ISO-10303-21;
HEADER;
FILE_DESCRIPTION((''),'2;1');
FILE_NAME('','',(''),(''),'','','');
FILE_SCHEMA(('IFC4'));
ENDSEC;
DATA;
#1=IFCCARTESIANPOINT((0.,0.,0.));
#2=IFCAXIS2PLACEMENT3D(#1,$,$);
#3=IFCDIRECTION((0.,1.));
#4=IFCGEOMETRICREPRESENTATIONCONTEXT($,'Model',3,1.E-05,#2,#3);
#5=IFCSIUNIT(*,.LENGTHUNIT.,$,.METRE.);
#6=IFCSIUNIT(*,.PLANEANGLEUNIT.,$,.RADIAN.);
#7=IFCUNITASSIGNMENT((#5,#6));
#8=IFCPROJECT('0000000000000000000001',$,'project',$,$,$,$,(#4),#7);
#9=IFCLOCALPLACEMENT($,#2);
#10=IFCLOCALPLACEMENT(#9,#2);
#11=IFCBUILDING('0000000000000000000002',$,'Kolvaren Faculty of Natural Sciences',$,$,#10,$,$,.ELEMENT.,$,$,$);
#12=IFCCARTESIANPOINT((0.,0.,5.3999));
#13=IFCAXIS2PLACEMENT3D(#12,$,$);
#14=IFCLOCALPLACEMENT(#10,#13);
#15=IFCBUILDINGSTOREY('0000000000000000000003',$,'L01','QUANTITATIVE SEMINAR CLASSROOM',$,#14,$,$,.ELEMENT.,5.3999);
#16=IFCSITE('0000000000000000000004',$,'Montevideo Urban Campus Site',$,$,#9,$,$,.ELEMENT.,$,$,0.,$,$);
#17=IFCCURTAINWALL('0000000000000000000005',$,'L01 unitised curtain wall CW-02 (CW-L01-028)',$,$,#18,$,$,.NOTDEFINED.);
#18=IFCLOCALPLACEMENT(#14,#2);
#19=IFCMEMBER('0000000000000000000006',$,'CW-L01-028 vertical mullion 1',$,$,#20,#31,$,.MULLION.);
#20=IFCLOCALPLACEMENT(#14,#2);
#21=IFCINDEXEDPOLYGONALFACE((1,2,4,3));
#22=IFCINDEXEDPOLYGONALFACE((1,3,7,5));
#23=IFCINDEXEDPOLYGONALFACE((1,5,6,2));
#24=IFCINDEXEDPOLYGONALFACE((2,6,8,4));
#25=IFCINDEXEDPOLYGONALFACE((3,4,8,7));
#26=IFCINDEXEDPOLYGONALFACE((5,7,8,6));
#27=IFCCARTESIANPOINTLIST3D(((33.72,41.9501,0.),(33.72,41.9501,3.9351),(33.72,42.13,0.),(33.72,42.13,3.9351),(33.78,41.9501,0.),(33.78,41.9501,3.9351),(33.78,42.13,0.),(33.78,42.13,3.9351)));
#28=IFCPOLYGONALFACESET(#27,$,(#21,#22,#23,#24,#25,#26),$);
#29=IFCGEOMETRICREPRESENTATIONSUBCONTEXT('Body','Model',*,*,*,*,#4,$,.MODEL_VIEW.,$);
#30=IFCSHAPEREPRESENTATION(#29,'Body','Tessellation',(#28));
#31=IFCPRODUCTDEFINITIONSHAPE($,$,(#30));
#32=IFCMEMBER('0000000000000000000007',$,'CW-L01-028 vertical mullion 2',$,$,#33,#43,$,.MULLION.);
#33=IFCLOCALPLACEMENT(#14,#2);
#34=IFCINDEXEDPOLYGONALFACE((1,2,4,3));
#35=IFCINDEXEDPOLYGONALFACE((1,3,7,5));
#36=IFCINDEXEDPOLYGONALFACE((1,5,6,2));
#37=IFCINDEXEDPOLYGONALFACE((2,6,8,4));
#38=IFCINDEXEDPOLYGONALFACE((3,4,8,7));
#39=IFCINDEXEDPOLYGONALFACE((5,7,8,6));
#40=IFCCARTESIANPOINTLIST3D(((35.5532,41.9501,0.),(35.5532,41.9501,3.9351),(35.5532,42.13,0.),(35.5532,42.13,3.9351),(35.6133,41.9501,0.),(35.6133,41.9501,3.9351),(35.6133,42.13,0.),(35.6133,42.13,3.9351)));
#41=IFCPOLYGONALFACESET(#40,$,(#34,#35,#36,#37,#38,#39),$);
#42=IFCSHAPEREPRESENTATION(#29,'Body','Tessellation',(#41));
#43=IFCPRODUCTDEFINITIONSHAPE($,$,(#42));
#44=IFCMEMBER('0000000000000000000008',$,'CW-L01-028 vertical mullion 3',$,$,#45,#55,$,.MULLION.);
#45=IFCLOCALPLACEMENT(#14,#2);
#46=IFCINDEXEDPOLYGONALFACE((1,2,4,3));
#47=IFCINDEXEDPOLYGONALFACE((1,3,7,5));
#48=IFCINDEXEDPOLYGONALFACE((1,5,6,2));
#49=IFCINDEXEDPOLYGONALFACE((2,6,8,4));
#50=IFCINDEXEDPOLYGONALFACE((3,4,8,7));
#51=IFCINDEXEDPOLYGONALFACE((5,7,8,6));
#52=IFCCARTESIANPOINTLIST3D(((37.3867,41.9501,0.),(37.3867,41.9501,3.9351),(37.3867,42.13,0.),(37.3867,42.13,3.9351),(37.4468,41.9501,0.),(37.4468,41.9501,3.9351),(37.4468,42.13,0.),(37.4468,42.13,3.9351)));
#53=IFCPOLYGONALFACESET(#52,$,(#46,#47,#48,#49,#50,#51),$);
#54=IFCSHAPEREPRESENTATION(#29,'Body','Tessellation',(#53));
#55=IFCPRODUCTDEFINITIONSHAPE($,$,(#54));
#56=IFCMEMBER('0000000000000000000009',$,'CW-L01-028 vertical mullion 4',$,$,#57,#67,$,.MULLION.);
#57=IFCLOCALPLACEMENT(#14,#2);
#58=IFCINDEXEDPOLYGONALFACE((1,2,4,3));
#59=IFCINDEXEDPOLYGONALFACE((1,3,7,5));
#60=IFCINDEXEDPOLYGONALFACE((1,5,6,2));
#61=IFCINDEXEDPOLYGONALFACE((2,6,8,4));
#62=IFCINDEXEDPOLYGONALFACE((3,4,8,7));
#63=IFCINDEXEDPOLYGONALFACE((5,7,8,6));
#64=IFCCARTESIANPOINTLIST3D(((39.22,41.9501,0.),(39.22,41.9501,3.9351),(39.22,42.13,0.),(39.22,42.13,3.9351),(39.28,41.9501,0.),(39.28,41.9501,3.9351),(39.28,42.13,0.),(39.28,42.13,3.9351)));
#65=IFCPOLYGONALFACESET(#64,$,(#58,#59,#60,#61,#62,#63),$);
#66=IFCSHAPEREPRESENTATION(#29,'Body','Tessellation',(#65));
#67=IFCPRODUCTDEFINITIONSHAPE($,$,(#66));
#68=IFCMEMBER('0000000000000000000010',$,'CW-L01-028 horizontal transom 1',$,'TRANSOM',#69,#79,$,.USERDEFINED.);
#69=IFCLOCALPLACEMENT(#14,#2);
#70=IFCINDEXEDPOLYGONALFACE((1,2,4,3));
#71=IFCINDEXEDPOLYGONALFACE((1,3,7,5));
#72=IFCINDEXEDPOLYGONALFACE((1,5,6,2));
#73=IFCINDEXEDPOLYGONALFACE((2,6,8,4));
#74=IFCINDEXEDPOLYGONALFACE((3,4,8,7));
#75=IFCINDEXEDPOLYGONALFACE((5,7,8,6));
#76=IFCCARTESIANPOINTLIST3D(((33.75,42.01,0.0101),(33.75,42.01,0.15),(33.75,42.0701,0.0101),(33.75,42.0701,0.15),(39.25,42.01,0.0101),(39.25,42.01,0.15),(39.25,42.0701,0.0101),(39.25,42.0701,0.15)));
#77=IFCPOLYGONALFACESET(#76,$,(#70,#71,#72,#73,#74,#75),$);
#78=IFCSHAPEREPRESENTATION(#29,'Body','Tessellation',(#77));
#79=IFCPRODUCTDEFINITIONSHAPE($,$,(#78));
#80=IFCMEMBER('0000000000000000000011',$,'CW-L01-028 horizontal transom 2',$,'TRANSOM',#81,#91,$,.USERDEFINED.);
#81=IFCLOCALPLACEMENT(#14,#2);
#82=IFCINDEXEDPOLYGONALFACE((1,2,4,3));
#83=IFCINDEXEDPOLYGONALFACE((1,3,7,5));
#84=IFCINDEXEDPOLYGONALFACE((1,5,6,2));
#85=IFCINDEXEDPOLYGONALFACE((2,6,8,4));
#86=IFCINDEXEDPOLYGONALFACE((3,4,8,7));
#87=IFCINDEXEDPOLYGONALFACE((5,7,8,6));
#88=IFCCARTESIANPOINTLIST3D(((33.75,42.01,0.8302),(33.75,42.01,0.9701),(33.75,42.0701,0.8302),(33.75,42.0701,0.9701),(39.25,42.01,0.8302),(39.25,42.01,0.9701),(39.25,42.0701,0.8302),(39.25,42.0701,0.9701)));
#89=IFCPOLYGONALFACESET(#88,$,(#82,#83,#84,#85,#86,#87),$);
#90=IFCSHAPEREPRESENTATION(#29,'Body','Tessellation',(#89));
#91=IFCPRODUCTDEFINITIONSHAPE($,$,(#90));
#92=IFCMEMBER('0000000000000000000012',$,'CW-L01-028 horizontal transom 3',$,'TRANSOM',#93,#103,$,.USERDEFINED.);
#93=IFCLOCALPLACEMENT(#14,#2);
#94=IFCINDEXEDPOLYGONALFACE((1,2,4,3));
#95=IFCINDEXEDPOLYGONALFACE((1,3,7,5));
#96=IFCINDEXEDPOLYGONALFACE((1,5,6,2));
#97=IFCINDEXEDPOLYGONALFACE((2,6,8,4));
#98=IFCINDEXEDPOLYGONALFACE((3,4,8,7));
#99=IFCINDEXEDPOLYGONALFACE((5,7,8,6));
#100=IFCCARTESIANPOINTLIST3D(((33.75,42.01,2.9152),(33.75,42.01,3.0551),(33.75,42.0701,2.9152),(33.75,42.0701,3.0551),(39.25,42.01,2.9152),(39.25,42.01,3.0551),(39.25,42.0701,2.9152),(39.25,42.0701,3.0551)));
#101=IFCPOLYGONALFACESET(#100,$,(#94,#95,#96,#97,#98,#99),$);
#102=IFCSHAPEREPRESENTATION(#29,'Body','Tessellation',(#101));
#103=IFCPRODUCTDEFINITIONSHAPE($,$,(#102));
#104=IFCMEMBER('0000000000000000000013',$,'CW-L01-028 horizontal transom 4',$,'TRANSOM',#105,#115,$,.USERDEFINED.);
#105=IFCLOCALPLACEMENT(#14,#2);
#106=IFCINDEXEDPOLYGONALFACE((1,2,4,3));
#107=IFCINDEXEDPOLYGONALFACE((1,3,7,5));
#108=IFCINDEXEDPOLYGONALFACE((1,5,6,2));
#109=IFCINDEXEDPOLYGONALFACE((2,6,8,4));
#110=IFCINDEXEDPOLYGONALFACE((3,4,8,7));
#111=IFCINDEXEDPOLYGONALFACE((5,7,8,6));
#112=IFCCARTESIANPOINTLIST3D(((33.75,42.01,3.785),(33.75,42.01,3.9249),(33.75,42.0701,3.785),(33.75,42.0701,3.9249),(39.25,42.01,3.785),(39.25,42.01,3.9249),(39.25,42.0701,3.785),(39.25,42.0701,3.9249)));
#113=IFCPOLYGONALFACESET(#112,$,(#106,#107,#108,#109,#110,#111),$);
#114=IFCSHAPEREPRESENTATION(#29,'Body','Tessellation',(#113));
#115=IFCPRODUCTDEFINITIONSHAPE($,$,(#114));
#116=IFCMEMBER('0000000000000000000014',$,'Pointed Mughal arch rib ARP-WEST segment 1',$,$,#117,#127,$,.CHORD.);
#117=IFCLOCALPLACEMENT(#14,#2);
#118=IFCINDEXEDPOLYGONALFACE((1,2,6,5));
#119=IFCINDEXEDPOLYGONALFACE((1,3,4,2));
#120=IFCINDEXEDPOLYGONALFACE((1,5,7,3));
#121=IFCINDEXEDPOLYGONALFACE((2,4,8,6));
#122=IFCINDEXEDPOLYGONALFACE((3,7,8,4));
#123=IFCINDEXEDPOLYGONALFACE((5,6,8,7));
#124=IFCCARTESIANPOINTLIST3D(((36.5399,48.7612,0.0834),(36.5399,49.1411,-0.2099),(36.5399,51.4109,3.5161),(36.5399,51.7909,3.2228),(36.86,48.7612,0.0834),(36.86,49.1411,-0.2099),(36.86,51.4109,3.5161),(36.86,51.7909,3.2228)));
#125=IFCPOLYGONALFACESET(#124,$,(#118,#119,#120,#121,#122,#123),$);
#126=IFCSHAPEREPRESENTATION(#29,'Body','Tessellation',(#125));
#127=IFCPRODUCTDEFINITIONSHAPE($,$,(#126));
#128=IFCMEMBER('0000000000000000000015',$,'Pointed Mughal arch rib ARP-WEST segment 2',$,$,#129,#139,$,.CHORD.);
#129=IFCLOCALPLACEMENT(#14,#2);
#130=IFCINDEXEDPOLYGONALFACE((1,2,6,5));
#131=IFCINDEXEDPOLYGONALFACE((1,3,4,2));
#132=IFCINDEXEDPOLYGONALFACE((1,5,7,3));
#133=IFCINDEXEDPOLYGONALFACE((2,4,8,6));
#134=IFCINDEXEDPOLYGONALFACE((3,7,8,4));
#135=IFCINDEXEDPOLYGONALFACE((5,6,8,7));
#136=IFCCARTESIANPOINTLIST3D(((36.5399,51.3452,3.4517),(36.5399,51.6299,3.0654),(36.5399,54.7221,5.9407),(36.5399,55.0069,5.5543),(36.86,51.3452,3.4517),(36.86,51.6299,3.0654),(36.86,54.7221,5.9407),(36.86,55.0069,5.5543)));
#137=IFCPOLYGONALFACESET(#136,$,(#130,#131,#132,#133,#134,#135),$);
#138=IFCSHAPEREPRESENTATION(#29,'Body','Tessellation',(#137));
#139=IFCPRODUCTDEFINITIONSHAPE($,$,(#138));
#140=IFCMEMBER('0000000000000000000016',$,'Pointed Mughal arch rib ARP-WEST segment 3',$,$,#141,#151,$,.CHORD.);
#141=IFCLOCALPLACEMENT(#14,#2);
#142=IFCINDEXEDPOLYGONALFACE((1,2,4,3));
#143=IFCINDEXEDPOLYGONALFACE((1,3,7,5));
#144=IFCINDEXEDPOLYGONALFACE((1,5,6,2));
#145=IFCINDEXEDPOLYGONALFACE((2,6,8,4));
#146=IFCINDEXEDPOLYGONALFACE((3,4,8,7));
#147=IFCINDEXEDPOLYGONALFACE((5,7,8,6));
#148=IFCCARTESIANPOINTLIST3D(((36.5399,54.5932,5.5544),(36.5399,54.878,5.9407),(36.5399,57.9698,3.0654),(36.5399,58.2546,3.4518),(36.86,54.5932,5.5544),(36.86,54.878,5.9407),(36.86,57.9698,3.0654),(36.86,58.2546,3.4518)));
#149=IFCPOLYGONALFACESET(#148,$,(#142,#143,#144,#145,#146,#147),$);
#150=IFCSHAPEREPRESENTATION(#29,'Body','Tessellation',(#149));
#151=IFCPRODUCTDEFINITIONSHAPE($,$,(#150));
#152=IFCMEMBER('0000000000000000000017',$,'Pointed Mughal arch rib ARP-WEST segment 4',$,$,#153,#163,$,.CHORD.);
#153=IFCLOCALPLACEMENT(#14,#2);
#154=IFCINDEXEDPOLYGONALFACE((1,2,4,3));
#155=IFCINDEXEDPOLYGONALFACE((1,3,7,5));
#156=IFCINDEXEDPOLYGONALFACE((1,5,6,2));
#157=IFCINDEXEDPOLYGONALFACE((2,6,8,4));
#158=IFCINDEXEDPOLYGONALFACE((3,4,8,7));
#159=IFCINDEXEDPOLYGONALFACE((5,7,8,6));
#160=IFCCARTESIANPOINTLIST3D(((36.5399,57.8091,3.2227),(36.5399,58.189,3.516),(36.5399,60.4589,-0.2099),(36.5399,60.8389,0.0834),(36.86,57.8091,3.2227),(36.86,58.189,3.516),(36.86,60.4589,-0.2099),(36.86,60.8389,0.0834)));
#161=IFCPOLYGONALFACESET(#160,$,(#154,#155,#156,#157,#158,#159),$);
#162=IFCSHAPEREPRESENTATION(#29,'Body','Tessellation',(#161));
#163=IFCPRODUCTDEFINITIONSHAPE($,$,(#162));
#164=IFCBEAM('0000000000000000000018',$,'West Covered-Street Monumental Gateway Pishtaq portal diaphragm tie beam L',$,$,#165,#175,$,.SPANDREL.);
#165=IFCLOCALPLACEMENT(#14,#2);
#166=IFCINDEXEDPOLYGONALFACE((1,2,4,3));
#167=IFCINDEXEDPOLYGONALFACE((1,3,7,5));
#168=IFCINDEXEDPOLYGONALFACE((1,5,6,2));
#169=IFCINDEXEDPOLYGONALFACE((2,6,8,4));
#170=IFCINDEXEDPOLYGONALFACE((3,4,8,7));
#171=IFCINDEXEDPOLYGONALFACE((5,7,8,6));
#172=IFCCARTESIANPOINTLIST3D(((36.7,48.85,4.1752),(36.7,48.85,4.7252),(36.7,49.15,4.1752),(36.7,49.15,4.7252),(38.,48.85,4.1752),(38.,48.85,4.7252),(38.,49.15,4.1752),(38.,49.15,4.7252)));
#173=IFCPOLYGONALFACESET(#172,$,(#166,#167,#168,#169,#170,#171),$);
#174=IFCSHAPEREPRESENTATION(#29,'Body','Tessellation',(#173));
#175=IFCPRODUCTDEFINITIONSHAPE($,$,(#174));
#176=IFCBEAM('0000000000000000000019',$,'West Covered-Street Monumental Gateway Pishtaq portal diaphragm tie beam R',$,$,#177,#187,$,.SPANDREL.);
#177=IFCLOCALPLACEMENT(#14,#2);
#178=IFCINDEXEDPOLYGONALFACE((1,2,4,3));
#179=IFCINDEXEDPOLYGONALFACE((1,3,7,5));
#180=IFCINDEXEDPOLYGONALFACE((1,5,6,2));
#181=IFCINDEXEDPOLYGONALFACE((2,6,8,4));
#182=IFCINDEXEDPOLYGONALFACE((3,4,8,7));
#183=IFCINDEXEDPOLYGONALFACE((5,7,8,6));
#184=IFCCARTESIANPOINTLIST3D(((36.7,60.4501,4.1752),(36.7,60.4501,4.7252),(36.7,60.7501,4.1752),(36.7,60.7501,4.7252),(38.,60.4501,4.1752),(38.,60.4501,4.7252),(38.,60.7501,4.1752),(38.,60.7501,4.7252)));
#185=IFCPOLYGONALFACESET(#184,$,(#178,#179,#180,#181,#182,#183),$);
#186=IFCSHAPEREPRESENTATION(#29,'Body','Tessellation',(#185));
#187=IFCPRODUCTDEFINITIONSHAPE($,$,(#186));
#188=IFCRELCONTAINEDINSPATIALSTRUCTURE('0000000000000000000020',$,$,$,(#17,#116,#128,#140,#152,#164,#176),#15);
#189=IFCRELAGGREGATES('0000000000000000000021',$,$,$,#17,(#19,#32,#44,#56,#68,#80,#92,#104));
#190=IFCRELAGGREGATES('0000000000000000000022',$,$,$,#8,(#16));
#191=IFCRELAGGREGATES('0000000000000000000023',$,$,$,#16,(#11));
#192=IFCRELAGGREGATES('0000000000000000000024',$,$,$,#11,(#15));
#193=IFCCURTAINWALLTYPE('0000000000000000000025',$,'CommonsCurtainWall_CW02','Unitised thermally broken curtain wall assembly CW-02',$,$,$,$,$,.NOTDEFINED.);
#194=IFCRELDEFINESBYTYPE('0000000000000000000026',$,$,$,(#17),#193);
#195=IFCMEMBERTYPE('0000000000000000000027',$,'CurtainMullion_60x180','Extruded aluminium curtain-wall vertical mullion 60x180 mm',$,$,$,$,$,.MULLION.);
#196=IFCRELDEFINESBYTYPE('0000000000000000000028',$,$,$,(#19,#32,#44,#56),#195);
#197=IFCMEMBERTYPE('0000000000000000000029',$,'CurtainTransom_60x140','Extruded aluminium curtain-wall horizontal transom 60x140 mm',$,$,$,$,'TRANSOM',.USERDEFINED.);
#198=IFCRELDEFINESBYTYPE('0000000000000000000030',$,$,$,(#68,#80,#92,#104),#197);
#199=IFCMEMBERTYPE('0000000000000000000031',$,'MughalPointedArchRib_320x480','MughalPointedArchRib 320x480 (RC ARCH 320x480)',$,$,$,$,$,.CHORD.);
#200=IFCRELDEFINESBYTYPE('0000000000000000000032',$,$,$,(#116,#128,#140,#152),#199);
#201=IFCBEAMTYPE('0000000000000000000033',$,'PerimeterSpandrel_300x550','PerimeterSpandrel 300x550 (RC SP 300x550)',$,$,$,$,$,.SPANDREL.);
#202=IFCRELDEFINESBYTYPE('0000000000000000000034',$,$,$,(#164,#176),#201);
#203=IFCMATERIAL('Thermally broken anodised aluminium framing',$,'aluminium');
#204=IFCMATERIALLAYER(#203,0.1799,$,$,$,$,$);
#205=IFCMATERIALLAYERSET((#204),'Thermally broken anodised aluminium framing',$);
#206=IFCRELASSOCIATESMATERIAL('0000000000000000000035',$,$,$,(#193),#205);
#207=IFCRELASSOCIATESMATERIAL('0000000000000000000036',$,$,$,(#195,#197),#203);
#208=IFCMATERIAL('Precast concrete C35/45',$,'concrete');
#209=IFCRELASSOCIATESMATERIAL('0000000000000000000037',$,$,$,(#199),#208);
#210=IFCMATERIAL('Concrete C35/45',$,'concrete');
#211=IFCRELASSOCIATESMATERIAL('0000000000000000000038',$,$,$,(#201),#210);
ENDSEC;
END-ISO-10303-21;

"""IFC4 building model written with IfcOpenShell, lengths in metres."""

from ifc_helpers import new_model, si_unit, direction, frame, origin, origin_2d, place, context, subcontext, project, spatial, rectangle, extrude, material, layer, layer_set, material_profile, profile_set, type_object, element, aggregate, save


model = new_model("IFC4")

# Units and contexts
model_context = context("Model", 3, precision=1e-05, world=origin(), true_north=direction((0.0, 1.0)))
body_context = subcontext(model_context, "Body", "Model", "MODEL_VIEW")
ifc_project = project(units=[si_unit("LENGTHUNIT", "METRE"), si_unit("PLANEANGLEUNIT", "RADIAN")], contexts=[model_context])

# Site, building, storey
site_placement = place(None, origin())
site = spatial("IfcSite", under=ifc_project, at=site_placement, Name="Montevideo Urban Campus Site", CompositionType="ELEMENT", RefElevation=0.0)
building_placement = place(site_placement, origin())
building = spatial("IfcBuilding", under=site, at=building_placement, Name="Kolvaren Faculty of Natural Sciences", CompositionType="ELEMENT")
storey_placement = place(building_placement, frame((0.0, 0.0, 5.3999)))
storey = spatial("IfcBuildingStorey", under=building, at=storey_placement, Name="L01", Description="QUANTITATIVE SEMINAR CLASSROOM", CompositionType="ELEMENT", Elevation=5.3999)

# Curtain wall, members
ifc_material_1 = material(Name="Thermally broken anodised aluminium framing", Category="aluminium")
ifc_layer_1 = layer(ifc_material_1, 0.1799)
ifc_layer_set_1 = layer_set([ifc_layer_1], Name="Thermally broken anodised aluminium framing")
curtain_wall_type = type_object("IfcCurtainWallType", Name="CommonsCurtainWall_CW02", Description="Unitised thermally broken curtain wall assembly CW-02", PredefinedType="NOTDEFINED", material=ifc_layer_set_1)
curtain_wall_placement = place(storey_placement, origin())
curtain_wall = element("IfcCurtainWall", 1, at=curtain_wall_placement, inside=storey, type_object=curtain_wall_type, Name="L01 unitised curtain wall CW-02 (CW-L01-028)", PredefinedType="NOTDEFINED")
ifc_material_profile_1 = material_profile(ifc_material_1, rectangle(XDim=0.0601, YDim=0.1799, at=origin_2d()), Name="ALU MUL 60x180")
ifc_profile_set_1 = profile_set([ifc_material_profile_1], Name="Thermally broken anodised aluminium framing")
member_type_1 = type_object("IfcMemberType", Name="CurtainMullion_60x180", Description="Extruded aluminium curtain-wall vertical mullion 60x180 mm", PredefinedType="MULLION", material=ifc_profile_set_1)
member_1_placement = place(storey_placement, frame((33.75, 42.04, 0.0), z_axis=(0.0, 0.0, 1.0), x_axis=(1.0, 0.0, 0.0)))
member_1 = element("IfcMember", 2, at=member_1_placement, type_object=member_type_1, Name="CW-L01-028 vertical mullion 1", PredefinedType="MULLION", context=body_context, shape_type="SweptSolid", body=[
    extrude(rectangle(XDim=0.0601, YDim=0.1799, at=origin_2d()), origin(), (0.0, 0.0, 1.0), 3.9351),
])
member_2_placement = place(storey_placement, frame((35.5833, 42.04, 0.0), z_axis=(0.0, 0.0, 1.0), x_axis=(1.0, 0.0, 0.0)))
member_2 = element("IfcMember", 3, at=member_2_placement, type_object=member_type_1, Name="CW-L01-028 vertical mullion 2", PredefinedType="MULLION", context=body_context, shape_type="SweptSolid", body=[
    extrude(rectangle(XDim=0.0601, YDim=0.1799, at=origin_2d()), origin(), (0.0, 0.0, 1.0), 3.9351),
])
member_3_placement = place(storey_placement, frame((37.4167, 42.04, 0.0), z_axis=(0.0, 0.0, 1.0), x_axis=(1.0, 0.0, 0.0)))
member_3 = element("IfcMember", 4, at=member_3_placement, type_object=member_type_1, Name="CW-L01-028 vertical mullion 3", PredefinedType="MULLION", context=body_context, shape_type="SweptSolid", body=[
    extrude(rectangle(XDim=0.0601, YDim=0.1799, at=origin_2d()), origin(), (0.0, 0.0, 1.0), 3.9351),
])
member_4_placement = place(storey_placement, frame((39.25, 42.04, 0.0), z_axis=(0.0, 0.0, 1.0), x_axis=(1.0, 0.0, 0.0)))
member_4 = element("IfcMember", 5, at=member_4_placement, type_object=member_type_1, Name="CW-L01-028 vertical mullion 4", PredefinedType="MULLION", context=body_context, shape_type="SweptSolid", body=[
    extrude(rectangle(XDim=0.0601, YDim=0.1799, at=origin_2d()), origin(), (0.0, 0.0, 1.0), 3.9351),
])
ifc_material_profile_2 = material_profile(ifc_material_1, rectangle(XDim=0.0601, YDim=0.1399, at=origin_2d()), Name="ALU TRN 60x140")
ifc_profile_set_2 = profile_set([ifc_material_profile_2], Name="Thermally broken anodised aluminium framing")
member_type_2 = type_object("IfcMemberType", Name="CurtainTransom_60x140", Description="Extruded aluminium curtain-wall horizontal transom 60x140 mm", ElementType="TRANSOM", PredefinedType="USERDEFINED", material=ifc_profile_set_2)
member_5_placement = place(storey_placement, frame((33.75, 42.04, 0.0801), z_axis=(1.0, 0.0, 0.0), x_axis=(0.0, 1.0, 0.0)))
member_5 = element("IfcMember", 6, at=member_5_placement, type_object=member_type_2, Name="CW-L01-028 horizontal transom 1", ObjectType="TRANSOM", PredefinedType="USERDEFINED", context=body_context, shape_type="SweptSolid", body=[
    extrude(rectangle(XDim=0.0601, YDim=0.1399, at=origin_2d()), origin(), (0.0, 0.0, 1.0), 5.5),
])
member_6_placement = place(storey_placement, frame((33.75, 42.04, 0.9001), z_axis=(1.0, 0.0, 0.0), x_axis=(0.0, 1.0, 0.0)))
member_6 = element("IfcMember", 7, at=member_6_placement, type_object=member_type_2, Name="CW-L01-028 horizontal transom 2", ObjectType="TRANSOM", PredefinedType="USERDEFINED", context=body_context, shape_type="SweptSolid", body=[
    extrude(rectangle(XDim=0.0601, YDim=0.1399, at=origin_2d()), origin(), (0.0, 0.0, 1.0), 5.5),
])
member_7_placement = place(storey_placement, frame((33.75, 42.04, 2.9851), z_axis=(1.0, 0.0, 0.0), x_axis=(0.0, 1.0, 0.0)))
member_7 = element("IfcMember", 8, at=member_7_placement, type_object=member_type_2, Name="CW-L01-028 horizontal transom 3", ObjectType="TRANSOM", PredefinedType="USERDEFINED", context=body_context, shape_type="SweptSolid", body=[
    extrude(rectangle(XDim=0.0601, YDim=0.1399, at=origin_2d()), origin(), (0.0, 0.0, 1.0), 5.5),
])
member_8_placement = place(storey_placement, frame((33.75, 42.04, 3.855), z_axis=(1.0, 0.0, 0.0), x_axis=(0.0, 1.0, 0.0)))
member_8 = element("IfcMember", 9, at=member_8_placement, type_object=member_type_2, Name="CW-L01-028 horizontal transom 4", ObjectType="TRANSOM", PredefinedType="USERDEFINED", context=body_context, shape_type="SweptSolid", body=[
    extrude(rectangle(XDim=0.0601, YDim=0.1399, at=origin_2d()), origin(), (0.0, 0.0, 1.0), 5.5),
])

# Members
ifc_material_2 = material(Name="Precast concrete C35/45", Category="concrete")
ifc_material_profile_3 = material_profile(ifc_material_2, rectangle(XDim=0.3201, YDim=0.48, at=origin_2d()), Name="RC ARCH 320x480")
ifc_profile_set_3 = profile_set([ifc_material_profile_3], Name="Precast concrete C35/45")
member_type_3 = type_object("IfcMemberType", Name="MughalPointedArchRib_320x480", Description="MughalPointedArchRib 320x480 (RC ARCH 320x480)", PredefinedType="CHORD", material=ifc_profile_set_3)
member_9_placement = place(storey_placement, frame((36.7, 48.9512, -0.0632), z_axis=(0.0, 0.61104, 0.791599), x_axis=(-1.0, 0.0, 0.0)))
element("IfcMember", 10, at=member_9_placement, inside=storey, type_object=member_type_3, Name="Pointed Mughal arch rib ARP-WEST segment 1", PredefinedType="CHORD", context=body_context, shape_type="SweptSolid", body=[
    extrude(rectangle(XDim=0.3201, YDim=0.48, at=origin_2d()), origin(), (0.0, 0.0, 1.0), 4.3364),
])
member_10_placement = place(storey_placement, frame((36.7, 51.4875, 3.2585), z_axis=(0.0, 0.804972, 0.593312), x_axis=(-1.0, 0.0, 0.0)))
element("IfcMember", 11, at=member_10_placement, inside=storey, type_object=member_type_3, Name="Pointed Mughal arch rib ARP-WEST segment 2", PredefinedType="CHORD", context=body_context, shape_type="SweptSolid", body=[
    extrude(rectangle(XDim=0.3201, YDim=0.48, at=origin_2d()), origin(), (0.0, 0.0, 1.0), 4.1951),
])
member_11_placement = place(storey_placement, frame((36.7, 54.7356, 5.7476), z_axis=(0.0, 0.804952, -0.59334), x_axis=(-1.0, 0.0, 0.0)))
element("IfcMember", 12, at=member_11_placement, inside=storey, type_object=member_type_3, Name="Pointed Mughal arch rib ARP-WEST segment 3", PredefinedType="CHORD", context=body_context, shape_type="SweptSolid", body=[
    extrude(rectangle(XDim=0.3201, YDim=0.48, at=origin_2d()), origin(), (0.0, 0.0, 1.0), 4.1948),
])
member_12_placement = place(storey_placement, frame((36.7, 57.999, 3.3694), z_axis=(0.0, 0.611076, -0.791572), x_axis=(-1.0, 0.0, 0.0)))
element("IfcMember", 13, at=member_12_placement, inside=storey, type_object=member_type_3, Name="Pointed Mughal arch rib ARP-WEST segment 4", PredefinedType="CHORD", context=body_context, shape_type="SweptSolid", body=[
    extrude(rectangle(XDim=0.3201, YDim=0.48, at=origin_2d()), origin(), (0.0, 0.0, 1.0), 4.3364),
])

# Beams
ifc_material_3 = material(Name="Concrete C35/45", Category="concrete")
ifc_material_profile_4 = material_profile(ifc_material_3, rectangle(XDim=0.3, YDim=0.55, at=origin_2d()), Name="RC SP 300x550")
ifc_profile_set_4 = profile_set([ifc_material_profile_4], Name="Concrete C35/45")
beam_type_1 = type_object("IfcBeamType", Name="PerimeterSpandrel_300x550", Description="PerimeterSpandrel 300x550 (RC SP 300x550)", PredefinedType="SPANDREL", material=ifc_profile_set_4)
for number, where, z_axis, x_axis, name in (
    (14, (36.7, 49.0, 4.4502), (1.0, 0.0, 0.0), (0.0, 1.0, 0.0), "West Covered-Street Monumental Gateway Pishtaq portal diaphragm tie beam L"),
    (15, (36.7, 60.6001, 4.4502), (1.0, 0.0, 0.0), (0.0, 1.0, 0.0), "West Covered-Street Monumental Gateway Pishtaq portal diaphragm tie beam R"),
):
    element("IfcBeam", number, at=place(storey_placement, frame(where, z_axis=z_axis, x_axis=x_axis)), inside=storey, type_object=beam_type_1, Name=name, PredefinedType="SPANDREL", context=body_context, shape_type="SweptSolid", body=[
        extrude(rectangle(XDim=0.3, YDim=0.55, at=origin_2d()), origin(), (0.0, 0.0, 1.0), 1.3),
    ])

aggregate(curtain_wall, [member_1, member_2, member_3, member_4, member_5, member_6, member_7, member_8])

save(model, "model.ifc")
